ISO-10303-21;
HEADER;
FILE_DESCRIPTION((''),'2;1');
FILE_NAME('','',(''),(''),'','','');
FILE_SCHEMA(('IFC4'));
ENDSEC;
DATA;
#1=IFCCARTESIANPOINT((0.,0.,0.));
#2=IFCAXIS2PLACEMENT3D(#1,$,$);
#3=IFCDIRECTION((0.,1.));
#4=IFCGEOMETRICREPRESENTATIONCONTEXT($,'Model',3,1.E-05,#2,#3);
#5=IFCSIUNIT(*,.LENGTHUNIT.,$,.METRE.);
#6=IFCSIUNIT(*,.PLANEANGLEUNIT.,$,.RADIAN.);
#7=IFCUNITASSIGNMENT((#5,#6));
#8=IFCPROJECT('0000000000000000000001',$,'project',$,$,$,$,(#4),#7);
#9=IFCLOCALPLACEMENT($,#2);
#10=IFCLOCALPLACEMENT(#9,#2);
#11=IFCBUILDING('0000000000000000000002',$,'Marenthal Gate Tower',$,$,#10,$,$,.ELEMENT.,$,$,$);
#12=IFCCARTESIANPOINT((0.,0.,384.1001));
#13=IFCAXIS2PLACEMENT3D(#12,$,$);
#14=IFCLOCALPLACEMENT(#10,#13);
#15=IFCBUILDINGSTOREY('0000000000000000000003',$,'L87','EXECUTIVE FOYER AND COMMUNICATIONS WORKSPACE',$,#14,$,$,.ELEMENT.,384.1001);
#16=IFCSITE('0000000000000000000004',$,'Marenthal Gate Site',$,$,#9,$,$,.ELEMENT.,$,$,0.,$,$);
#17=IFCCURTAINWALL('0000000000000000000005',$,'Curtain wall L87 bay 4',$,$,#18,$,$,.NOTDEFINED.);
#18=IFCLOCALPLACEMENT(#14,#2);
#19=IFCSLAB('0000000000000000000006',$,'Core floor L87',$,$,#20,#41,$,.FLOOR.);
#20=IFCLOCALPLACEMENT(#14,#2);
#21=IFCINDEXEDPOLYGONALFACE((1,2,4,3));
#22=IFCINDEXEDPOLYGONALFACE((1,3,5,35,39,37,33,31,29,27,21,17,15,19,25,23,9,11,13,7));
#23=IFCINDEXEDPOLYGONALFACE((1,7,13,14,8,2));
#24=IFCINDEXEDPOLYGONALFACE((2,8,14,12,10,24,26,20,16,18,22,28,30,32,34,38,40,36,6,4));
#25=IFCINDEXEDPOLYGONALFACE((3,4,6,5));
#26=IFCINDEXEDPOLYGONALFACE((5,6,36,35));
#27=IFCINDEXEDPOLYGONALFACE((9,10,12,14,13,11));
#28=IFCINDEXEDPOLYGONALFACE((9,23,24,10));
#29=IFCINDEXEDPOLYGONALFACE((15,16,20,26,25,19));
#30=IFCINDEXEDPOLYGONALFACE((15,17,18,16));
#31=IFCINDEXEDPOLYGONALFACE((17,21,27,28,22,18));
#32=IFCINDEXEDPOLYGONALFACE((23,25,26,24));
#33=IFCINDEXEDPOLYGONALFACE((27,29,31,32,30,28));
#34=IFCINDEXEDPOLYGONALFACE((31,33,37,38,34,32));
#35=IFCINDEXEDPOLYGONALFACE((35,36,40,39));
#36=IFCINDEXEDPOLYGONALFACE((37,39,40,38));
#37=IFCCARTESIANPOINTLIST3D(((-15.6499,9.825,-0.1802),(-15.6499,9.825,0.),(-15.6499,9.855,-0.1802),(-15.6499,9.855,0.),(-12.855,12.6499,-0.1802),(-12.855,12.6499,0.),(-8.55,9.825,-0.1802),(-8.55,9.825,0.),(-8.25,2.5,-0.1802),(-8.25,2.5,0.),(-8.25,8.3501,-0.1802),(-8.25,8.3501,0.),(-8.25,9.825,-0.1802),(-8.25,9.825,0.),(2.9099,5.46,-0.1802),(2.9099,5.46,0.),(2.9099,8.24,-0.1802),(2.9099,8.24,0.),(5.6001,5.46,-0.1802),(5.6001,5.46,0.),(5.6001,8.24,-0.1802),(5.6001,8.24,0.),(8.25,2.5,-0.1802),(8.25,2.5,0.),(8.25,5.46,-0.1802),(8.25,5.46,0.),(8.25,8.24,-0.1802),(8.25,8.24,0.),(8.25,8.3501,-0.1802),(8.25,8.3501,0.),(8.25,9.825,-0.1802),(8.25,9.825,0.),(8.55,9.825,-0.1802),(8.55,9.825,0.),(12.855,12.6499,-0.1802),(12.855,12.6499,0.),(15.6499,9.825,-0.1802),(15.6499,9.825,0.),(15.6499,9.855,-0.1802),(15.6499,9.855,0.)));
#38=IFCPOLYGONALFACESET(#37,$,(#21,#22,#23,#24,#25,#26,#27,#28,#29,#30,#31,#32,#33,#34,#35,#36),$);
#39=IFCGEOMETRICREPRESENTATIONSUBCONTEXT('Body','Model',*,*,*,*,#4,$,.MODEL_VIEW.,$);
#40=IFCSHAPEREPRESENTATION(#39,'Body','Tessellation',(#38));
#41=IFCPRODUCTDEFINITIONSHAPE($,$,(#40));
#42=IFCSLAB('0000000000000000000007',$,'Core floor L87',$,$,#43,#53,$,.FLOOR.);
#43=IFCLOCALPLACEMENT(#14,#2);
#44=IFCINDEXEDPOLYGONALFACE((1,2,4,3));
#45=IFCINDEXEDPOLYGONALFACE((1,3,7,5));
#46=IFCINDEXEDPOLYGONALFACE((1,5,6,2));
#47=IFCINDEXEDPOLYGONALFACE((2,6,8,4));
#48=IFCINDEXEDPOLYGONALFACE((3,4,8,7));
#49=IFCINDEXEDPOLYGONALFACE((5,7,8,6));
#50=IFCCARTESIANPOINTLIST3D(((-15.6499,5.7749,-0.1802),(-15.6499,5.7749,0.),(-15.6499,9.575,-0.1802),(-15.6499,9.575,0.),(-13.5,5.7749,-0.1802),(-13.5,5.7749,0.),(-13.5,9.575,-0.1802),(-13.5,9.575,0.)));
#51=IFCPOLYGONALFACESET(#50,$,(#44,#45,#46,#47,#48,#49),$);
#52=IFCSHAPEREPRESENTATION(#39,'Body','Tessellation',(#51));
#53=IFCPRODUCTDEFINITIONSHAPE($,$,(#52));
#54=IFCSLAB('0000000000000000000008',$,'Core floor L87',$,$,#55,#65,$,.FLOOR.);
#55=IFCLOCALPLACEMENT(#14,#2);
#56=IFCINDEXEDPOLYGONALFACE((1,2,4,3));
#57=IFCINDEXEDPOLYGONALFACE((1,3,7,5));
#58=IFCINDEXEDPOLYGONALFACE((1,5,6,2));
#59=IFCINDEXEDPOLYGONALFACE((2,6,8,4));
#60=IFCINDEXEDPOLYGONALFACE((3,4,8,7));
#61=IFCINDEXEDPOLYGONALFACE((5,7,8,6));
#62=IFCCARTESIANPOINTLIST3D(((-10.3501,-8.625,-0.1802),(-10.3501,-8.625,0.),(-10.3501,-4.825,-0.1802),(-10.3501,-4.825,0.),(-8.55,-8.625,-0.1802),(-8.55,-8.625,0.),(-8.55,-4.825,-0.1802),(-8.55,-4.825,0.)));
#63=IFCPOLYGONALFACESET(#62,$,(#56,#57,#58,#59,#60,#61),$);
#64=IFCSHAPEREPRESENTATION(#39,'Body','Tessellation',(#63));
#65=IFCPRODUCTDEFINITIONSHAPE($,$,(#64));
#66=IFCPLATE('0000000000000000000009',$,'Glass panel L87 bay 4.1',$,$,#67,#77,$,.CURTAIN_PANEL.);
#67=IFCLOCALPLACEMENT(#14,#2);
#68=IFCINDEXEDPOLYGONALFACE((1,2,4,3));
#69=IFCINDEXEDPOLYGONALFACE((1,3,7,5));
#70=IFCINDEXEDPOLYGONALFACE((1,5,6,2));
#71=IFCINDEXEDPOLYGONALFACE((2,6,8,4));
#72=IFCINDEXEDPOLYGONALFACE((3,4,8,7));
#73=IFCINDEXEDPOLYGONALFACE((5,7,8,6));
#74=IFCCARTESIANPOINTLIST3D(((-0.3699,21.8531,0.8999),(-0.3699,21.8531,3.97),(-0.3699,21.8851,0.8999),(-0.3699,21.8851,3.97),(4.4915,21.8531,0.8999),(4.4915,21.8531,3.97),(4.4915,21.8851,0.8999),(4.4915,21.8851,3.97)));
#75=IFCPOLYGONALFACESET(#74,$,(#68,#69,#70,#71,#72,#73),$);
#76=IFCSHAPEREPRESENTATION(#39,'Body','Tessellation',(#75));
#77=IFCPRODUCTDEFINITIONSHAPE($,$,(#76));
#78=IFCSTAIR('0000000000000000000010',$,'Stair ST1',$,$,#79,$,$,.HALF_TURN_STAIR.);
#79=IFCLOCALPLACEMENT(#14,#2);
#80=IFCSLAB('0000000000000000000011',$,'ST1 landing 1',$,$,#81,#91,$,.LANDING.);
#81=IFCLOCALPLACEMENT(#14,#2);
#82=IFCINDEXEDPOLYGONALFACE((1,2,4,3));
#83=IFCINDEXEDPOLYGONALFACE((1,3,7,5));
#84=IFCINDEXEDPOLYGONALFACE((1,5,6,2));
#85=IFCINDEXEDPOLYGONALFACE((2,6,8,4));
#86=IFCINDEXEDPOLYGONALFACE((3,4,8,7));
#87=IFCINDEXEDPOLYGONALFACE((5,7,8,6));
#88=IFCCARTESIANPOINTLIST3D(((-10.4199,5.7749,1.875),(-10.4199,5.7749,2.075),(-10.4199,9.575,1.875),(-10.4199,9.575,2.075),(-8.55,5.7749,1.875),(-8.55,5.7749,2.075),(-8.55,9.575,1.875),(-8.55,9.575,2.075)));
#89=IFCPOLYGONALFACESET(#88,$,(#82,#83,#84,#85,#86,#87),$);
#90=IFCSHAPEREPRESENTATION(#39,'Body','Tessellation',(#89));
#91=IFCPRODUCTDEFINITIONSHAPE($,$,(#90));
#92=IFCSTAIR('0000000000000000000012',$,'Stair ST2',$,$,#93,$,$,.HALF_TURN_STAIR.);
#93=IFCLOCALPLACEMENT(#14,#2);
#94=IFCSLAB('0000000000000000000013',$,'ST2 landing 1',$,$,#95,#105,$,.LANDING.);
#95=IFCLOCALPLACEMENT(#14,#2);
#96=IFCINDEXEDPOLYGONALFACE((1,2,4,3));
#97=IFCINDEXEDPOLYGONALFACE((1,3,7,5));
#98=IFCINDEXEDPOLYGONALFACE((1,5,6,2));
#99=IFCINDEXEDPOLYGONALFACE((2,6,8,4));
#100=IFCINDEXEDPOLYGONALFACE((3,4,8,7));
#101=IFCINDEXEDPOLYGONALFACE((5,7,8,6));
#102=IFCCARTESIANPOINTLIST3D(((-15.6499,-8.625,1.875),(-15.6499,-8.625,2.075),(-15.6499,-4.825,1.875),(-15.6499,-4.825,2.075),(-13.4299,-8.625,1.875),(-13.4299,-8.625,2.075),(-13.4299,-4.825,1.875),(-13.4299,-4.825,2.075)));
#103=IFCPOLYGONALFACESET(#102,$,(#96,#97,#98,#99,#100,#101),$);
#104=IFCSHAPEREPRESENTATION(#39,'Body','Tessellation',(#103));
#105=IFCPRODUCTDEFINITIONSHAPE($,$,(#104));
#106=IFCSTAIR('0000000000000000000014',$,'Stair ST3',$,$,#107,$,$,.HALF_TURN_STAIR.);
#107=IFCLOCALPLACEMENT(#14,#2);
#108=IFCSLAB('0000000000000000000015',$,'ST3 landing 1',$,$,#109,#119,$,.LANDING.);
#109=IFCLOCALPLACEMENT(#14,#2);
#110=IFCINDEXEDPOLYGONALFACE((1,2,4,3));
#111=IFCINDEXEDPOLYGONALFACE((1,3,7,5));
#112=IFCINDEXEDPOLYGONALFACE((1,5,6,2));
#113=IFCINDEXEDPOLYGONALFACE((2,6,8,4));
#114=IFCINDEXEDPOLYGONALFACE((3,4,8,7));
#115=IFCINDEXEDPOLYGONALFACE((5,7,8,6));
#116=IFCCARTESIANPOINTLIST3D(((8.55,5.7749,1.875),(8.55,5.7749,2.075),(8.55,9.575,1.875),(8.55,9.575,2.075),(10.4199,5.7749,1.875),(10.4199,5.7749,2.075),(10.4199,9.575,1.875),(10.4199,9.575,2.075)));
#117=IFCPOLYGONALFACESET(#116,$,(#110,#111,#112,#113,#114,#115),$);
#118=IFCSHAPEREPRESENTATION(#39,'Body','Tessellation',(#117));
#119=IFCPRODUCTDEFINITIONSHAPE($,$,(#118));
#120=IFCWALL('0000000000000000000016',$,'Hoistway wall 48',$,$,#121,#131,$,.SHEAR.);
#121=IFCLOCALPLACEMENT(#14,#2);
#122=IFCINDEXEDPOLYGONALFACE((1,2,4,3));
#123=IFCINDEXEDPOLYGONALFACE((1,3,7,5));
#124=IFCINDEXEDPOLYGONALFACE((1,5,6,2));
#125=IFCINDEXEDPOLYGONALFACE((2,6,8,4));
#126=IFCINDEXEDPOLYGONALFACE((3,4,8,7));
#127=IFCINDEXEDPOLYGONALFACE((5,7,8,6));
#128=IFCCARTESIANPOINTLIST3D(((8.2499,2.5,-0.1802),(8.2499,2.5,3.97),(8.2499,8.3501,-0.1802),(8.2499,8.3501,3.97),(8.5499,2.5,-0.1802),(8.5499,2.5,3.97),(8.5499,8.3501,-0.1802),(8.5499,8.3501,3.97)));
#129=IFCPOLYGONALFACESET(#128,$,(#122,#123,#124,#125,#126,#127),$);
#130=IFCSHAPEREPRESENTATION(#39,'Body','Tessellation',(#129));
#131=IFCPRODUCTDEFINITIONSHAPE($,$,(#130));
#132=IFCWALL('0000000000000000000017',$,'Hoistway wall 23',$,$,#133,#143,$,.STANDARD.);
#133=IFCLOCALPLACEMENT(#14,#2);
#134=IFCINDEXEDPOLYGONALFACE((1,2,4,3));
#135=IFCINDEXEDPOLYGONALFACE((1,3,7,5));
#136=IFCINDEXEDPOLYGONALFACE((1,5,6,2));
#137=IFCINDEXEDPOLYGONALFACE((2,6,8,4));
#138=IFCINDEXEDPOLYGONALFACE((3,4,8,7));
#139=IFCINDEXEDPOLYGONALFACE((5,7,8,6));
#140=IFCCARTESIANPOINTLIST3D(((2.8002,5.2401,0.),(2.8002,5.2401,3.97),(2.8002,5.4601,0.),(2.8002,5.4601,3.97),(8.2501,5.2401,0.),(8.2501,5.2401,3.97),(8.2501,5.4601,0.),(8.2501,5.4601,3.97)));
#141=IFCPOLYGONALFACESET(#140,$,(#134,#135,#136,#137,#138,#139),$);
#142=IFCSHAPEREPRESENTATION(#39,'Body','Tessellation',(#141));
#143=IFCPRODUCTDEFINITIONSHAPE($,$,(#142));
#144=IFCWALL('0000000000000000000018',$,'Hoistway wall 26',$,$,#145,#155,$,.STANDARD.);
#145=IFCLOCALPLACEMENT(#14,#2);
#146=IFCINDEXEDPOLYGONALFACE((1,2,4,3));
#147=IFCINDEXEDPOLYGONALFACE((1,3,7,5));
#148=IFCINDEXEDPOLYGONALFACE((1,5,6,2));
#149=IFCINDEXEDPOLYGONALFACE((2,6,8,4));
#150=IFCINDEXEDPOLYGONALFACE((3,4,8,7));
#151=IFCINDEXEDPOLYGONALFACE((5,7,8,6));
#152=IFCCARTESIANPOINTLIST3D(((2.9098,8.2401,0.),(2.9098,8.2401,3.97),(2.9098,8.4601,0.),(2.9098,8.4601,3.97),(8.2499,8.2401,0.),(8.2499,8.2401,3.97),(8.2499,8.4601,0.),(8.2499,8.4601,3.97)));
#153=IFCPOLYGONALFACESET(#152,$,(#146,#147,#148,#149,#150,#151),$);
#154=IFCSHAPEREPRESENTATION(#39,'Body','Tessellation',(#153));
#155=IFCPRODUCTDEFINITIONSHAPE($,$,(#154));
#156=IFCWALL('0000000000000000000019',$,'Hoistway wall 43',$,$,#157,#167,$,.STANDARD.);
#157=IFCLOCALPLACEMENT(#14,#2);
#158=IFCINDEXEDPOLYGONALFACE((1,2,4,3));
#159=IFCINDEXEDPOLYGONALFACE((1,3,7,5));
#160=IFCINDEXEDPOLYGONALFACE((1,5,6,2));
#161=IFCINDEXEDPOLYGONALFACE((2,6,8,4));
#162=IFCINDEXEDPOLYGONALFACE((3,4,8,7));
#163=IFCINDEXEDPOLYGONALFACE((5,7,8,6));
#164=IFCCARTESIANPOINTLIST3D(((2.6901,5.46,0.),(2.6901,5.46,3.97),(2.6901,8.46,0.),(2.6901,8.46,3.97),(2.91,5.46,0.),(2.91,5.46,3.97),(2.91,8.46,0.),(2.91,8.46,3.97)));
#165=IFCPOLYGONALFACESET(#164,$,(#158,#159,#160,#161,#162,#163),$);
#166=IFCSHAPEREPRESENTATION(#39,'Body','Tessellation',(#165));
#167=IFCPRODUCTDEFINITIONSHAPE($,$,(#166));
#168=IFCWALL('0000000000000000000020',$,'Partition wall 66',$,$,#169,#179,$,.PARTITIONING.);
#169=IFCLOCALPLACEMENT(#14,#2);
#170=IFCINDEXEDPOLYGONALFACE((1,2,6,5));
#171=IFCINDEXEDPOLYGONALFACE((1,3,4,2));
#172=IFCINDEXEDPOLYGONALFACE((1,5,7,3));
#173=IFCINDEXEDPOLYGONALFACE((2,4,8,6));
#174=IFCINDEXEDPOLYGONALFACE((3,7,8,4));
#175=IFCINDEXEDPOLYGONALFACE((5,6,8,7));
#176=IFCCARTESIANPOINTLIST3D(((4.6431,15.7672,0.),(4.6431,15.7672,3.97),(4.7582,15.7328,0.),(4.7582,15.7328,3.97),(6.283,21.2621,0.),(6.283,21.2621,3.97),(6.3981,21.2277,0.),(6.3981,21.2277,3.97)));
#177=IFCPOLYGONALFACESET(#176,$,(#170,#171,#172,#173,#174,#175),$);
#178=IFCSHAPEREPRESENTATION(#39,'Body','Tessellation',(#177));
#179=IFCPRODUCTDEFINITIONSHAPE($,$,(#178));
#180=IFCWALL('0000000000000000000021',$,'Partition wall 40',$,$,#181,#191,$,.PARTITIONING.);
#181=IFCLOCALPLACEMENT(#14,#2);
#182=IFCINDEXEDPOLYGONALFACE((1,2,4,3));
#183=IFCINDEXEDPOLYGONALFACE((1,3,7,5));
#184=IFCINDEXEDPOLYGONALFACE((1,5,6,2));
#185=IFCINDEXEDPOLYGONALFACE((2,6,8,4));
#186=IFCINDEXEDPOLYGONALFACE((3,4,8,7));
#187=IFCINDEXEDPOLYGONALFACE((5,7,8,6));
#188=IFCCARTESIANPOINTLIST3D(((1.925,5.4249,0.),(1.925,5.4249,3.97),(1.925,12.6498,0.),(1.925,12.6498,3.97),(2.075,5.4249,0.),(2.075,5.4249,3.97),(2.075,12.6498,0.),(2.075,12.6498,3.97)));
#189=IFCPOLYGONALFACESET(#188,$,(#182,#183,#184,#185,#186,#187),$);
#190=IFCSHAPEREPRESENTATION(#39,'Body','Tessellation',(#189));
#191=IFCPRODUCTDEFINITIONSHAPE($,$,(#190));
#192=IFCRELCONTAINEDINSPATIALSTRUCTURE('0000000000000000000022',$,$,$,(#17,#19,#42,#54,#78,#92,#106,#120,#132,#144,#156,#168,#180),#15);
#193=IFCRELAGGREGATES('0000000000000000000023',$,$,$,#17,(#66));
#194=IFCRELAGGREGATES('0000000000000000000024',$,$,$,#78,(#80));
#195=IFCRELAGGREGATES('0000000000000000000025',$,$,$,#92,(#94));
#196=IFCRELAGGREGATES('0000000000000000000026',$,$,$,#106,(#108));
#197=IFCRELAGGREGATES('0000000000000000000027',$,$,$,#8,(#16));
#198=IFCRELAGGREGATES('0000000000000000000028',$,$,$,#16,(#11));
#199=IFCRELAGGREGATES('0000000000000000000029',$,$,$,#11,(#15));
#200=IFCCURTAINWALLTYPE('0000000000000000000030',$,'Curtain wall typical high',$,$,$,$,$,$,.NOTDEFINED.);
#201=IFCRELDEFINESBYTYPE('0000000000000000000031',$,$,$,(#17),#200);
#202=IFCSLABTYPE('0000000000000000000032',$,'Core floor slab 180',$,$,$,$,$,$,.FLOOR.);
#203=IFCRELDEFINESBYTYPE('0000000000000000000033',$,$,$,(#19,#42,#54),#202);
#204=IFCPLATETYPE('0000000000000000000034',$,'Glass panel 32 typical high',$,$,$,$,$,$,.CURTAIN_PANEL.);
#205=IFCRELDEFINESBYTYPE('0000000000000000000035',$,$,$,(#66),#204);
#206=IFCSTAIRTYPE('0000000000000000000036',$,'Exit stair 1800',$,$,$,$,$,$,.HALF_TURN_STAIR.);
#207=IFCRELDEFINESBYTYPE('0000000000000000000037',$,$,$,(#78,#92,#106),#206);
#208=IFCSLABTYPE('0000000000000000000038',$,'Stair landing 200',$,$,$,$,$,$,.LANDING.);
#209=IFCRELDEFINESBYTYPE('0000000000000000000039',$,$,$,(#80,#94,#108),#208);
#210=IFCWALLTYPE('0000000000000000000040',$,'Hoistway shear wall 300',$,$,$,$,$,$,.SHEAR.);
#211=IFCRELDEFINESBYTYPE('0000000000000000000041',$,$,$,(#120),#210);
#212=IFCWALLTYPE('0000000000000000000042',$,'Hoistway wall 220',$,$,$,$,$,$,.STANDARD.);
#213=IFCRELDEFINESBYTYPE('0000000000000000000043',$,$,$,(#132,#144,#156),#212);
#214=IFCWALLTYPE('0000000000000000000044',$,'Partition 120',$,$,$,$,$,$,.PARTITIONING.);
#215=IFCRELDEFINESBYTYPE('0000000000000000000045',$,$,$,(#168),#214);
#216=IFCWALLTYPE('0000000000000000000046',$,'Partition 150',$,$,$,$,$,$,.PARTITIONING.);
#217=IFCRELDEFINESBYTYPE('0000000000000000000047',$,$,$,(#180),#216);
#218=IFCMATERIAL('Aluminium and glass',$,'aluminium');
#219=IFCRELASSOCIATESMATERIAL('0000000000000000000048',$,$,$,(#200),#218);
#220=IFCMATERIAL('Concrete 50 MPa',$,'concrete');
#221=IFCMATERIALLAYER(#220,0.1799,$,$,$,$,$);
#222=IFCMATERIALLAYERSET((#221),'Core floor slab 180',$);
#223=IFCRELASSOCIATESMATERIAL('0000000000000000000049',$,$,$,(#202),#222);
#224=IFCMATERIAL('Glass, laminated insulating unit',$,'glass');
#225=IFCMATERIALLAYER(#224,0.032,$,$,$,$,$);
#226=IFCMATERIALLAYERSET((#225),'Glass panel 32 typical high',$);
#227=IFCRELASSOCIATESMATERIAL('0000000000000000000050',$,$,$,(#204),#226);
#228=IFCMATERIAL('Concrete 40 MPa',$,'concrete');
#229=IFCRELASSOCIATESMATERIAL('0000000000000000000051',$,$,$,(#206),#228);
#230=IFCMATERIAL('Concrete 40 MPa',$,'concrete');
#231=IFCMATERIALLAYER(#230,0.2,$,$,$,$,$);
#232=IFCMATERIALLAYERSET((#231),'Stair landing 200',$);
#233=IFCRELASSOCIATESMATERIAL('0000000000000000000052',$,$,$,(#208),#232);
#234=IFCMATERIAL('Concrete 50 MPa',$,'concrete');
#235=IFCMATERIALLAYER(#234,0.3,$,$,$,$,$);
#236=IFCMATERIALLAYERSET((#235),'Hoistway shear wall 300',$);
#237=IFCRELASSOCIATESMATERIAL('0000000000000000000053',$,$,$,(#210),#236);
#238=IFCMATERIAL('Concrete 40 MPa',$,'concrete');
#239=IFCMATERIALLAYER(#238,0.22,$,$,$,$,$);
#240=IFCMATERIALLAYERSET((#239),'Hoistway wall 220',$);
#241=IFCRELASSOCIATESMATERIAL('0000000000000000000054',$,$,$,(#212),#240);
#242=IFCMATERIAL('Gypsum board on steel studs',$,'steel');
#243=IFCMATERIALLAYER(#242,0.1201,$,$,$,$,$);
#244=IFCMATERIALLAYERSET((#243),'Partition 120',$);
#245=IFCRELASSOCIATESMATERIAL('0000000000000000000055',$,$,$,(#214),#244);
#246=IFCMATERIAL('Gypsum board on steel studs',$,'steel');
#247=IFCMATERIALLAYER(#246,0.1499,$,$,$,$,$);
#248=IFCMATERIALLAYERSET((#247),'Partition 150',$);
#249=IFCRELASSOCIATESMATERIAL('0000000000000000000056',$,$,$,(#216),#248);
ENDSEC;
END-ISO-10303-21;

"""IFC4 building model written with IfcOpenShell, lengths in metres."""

from ifc_helpers import new_model, si_unit, direction, frame, frame_2d, origin, origin_2d, place, context, subcontext, project, spatial, polyline, rectangle, outline, extrude, material, layer, layer_set, type_object, element, aggregate, save


model = new_model("IFC4")

# Units and contexts
model_context = context("Model", 3, precision=1e-05, world=origin(), true_north=direction((0.0, 1.0)))
body_context = subcontext(model_context, "Body", "Model", "MODEL_VIEW")
ifc_project = project(units=[si_unit("LENGTHUNIT", "METRE"), si_unit("PLANEANGLEUNIT", "RADIAN")], contexts=[model_context])

# Site, building, storey
site_placement = place(None, origin())
site = spatial("IfcSite", under=ifc_project, at=site_placement, Name="Marenthal Gate Site", CompositionType="ELEMENT", RefElevation=0.0)
building_placement = place(site_placement, origin())
building = spatial("IfcBuilding", under=site, at=building_placement, Name="Marenthal Gate Tower", CompositionType="ELEMENT")
storey_placement = place(building_placement, frame((0.0, 0.0, 384.1001)))
storey = spatial("IfcBuildingStorey", under=building, at=storey_placement, Name="L87", Description="EXECUTIVE FOYER AND COMMUNICATIONS WORKSPACE", CompositionType="ELEMENT", Elevation=384.1001)

# Curtain wall
ifc_material_1 = material(Name="Aluminium and glass", Category="aluminium")
curtain_wall_type = type_object("IfcCurtainWallType", Name="Curtain wall typical high", PredefinedType="NOTDEFINED", material=ifc_material_1)
curtain_wall_placement = place(storey_placement, origin())
curtain_wall = element("IfcCurtainWall", 1, at=curtain_wall_placement, inside=storey, type_object=curtain_wall_type, Name="Curtain wall L87 bay 4", PredefinedType="NOTDEFINED")

# Slabs
ifc_material_2 = material(Name="Concrete 50 MPa", Category="concrete")
ifc_layer_1 = layer(ifc_material_2, 0.1799)
ifc_layer_set_1 = layer_set([ifc_layer_1], Name="Core floor slab 180")
slab_type_1 = type_object("IfcSlabType", Name="Core floor slab 180", PredefinedType="FLOOR", material=ifc_layer_set_1)
slab_1_placement = place(storey_placement, frame((0.0, 0.0, -0.1802)))
element("IfcSlab", 2, at=slab_1_placement, inside=storey, type_object=slab_type_1, Name="Core floor L87", PredefinedType="FLOOR", context=body_context, shape_type="SweptSolid", body=[
    extrude(outline(polyline([(15.6499, 9.825), (8.55, 9.825), (8.25, 9.825), (8.25, 8.3501), (8.25, 8.24), (5.6001, 8.24), (2.9099, 8.24), (2.9099, 5.46), (5.6001, 5.46), (8.25, 5.46), (8.25, 2.5), (-8.25, 2.5), (-8.25, 8.3501), (-8.25, 9.825), (-8.55, 9.825), (-15.6499, 9.825), (-15.6499, 9.855), (-12.855, 12.6499), (12.855, 12.6499), (15.6499, 9.855), (15.6499, 9.825)])), origin(), (0.0, 0.0, 1.0), 0.1802),
])
slab_2_placement = place(storey_placement, frame((0.0, 0.0, -0.1802)))
element("IfcSlab", 3, at=slab_2_placement, inside=storey, type_object=slab_type_1, Name="Core floor L87", PredefinedType="FLOOR", context=body_context, shape_type="SweptSolid", body=[
    extrude(outline(polyline([(-15.6499, 9.575), (-13.5, 9.575), (-13.5, 5.7749), (-15.6499, 5.7749), (-15.6499, 9.575)])), origin(), (0.0, 0.0, 1.0), 0.1802),
])
slab_3_placement = place(storey_placement, frame((0.0, 0.0, -0.1802)))
element("IfcSlab", 4, at=slab_3_placement, inside=storey, type_object=slab_type_1, Name="Core floor L87", PredefinedType="FLOOR", context=body_context, shape_type="SweptSolid", body=[
    extrude(outline(polyline([(-8.55, -4.825), (-8.55, -8.625), (-10.3501, -8.625), (-10.3501, -4.825), (-8.55, -4.825)])), origin(), (0.0, 0.0, 1.0), 0.1802),
])

# Plate
ifc_material_3 = material(Name="Glass, laminated insulating unit", Category="glass")
ifc_layer_2 = layer(ifc_material_3, 0.032)
ifc_layer_set_2 = layer_set([ifc_layer_2], Name="Glass panel 32 typical high")
plate_type = type_object("IfcPlateType", Name="Glass panel 32 typical high", PredefinedType="CURTAIN_PANEL", material=ifc_layer_set_2)
plate_placement = place(storey_placement, frame((2.0608, 21.8691, 0.8999), z_axis=(0.0, 0.0, 1.0), x_axis=(-1.0, 0.0, 0.0)))
plate = element("IfcPlate", 5, at=plate_placement, type_object=plate_type, Name="Glass panel L87 bay 4.1", PredefinedType="CURTAIN_PANEL", context=body_context, shape_type="SweptSolid", body=[
    extrude(rectangle(XDim=4.8613, YDim=0.032, at=origin_2d()), origin(), (0.0, 0.0, 1.0), 3.0701),
])
aggregate(curtain_wall, [plate])

# Stairs, slabs
ifc_material_4 = material(Name="Concrete 40 MPa", Category="concrete")
stair_type = type_object("IfcStairType", Name="Exit stair 1800", PredefinedType="HALF_TURN_STAIR", material=ifc_material_4)
stair_1_placement = place(storey_placement, origin())
stair_1 = element("IfcStair", 6, at=stair_1_placement, inside=storey, type_object=stair_type, Name="Stair ST1", PredefinedType="HALF_TURN_STAIR")
ifc_material_5 = material(Name="Concrete 40 MPa", Category="concrete")
ifc_layer_3 = layer(ifc_material_5, 0.2)
ifc_layer_set_3 = layer_set([ifc_layer_3], Name="Stair landing 200")
slab_type_2 = type_object("IfcSlabType", Name="Stair landing 200", PredefinedType="LANDING", material=ifc_layer_set_3)
slab_4_placement = place(storey_placement, frame((0.0, 0.0, 1.875)))
slab_4 = element("IfcSlab", 7, at=slab_4_placement, type_object=slab_type_2, Name="ST1 landing 1", PredefinedType="LANDING", context=body_context, shape_type="SweptSolid", body=[
    extrude(outline(polyline([(-10.4199, 5.7749), (-8.55, 5.7749), (-8.55, 9.575), (-10.4199, 9.575), (-10.4199, 5.7749)])), origin(), (0.0, 0.0, 1.0), 0.2),
])
aggregate(stair_1, [slab_4])
stair_2_placement = place(storey_placement, origin())
stair_2 = element("IfcStair", 8, at=stair_2_placement, inside=storey, type_object=stair_type, Name="Stair ST2", PredefinedType="HALF_TURN_STAIR")
slab_5_placement = place(storey_placement, frame((0.0, 0.0, 1.875)))
slab_5 = element("IfcSlab", 9, at=slab_5_placement, type_object=slab_type_2, Name="ST2 landing 1", PredefinedType="LANDING", context=body_context, shape_type="SweptSolid", body=[
    extrude(outline(polyline([(-15.6499, -8.625), (-13.4299, -8.625), (-13.4299, -4.825), (-15.6499, -4.825), (-15.6499, -8.625)])), origin(), (0.0, 0.0, 1.0), 0.2),
])
aggregate(stair_2, [slab_5])
stair_3_placement = place(storey_placement, origin())
stair_3 = element("IfcStair", 10, at=stair_3_placement, inside=storey, type_object=stair_type, Name="Stair ST3", PredefinedType="HALF_TURN_STAIR")
slab_6_placement = place(storey_placement, frame((0.0, 0.0, 1.875)))
slab_6 = element("IfcSlab", 11, at=slab_6_placement, type_object=slab_type_2, Name="ST3 landing 1", PredefinedType="LANDING", context=body_context, shape_type="SweptSolid", body=[
    extrude(outline(polyline([(8.55, 5.7749), (10.4199, 5.7749), (10.4199, 9.575), (8.55, 9.575), (8.55, 5.7749)])), origin(), (0.0, 0.0, 1.0), 0.2),
])

# Walls
ifc_material_6 = material(Name="Concrete 50 MPa", Category="concrete")
ifc_layer_4 = layer(ifc_material_6, 0.3)
ifc_layer_set_4 = layer_set([ifc_layer_4], Name="Hoistway shear wall 300")
wall_type_1 = type_object("IfcWallType", Name="Hoistway shear wall 300", PredefinedType="SHEAR", material=ifc_layer_set_4)
wall_1_placement = place(storey_placement, frame((8.3999, 2.5, -0.1802), z_axis=(0.0, 0.0, 1.0), x_axis=(0.0, 1.0, 0.0)))
element("IfcWall", 12, at=wall_1_placement, inside=storey, type_object=wall_type_1, Name="Hoistway wall 48", PredefinedType="SHEAR", context=body_context, shape_type="SweptSolid", body=[
    extrude(rectangle(XDim=5.8501, YDim=0.3, at=frame_2d((2.925, 0.0))), origin(), (0.0, 0.0, 1.0), 4.1501),
])
ifc_material_7 = material(Name="Concrete 40 MPa", Category="concrete")
ifc_layer_5 = layer(ifc_material_7, 0.22)
ifc_layer_set_5 = layer_set([ifc_layer_5], Name="Hoistway wall 220")
wall_type_2 = type_object("IfcWallType", Name="Hoistway wall 220", PredefinedType="STANDARD", material=ifc_layer_set_5)
wall_2_placement = place(storey_placement, frame((2.8, 5.3501, 0.0), z_axis=(0.0, 0.0, 1.0), x_axis=(1.0, 0.0, 0.0)))
element("IfcWall", 13, at=wall_2_placement, inside=storey, type_object=wall_type_2, Name="Hoistway wall 23", PredefinedType="STANDARD", context=body_context, shape_type="SweptSolid", body=[
    extrude(rectangle(XDim=5.45, YDim=0.22, at=frame_2d((2.7251, 0.0))), origin(), (0.0, 0.0, 1.0), 3.97),
])
wall_3_placement = place(storey_placement, frame((2.9099, 8.3501, 0.0), z_axis=(0.0, 0.0, 1.0), x_axis=(1.0, 0.0, 0.0)))
element("IfcWall", 14, at=wall_3_placement, inside=storey, type_object=wall_type_2, Name="Hoistway wall 26", PredefinedType="STANDARD", context=body_context, shape_type="SweptSolid", body=[
    extrude(rectangle(XDim=5.3401, YDim=0.22, at=frame_2d((2.6699, 0.0))), origin(), (0.0, 0.0, 1.0), 3.97),
])
wall_4_placement = place(storey_placement, frame((2.8, 5.46, 0.0), z_axis=(0.0, 0.0, 1.0), x_axis=(0.0, 1.0, 0.0)))
element("IfcWall", 15, at=wall_4_placement, inside=storey, type_object=wall_type_2, Name="Hoistway wall 43", PredefinedType="STANDARD", context=body_context, shape_type="SweptSolid", body=[
    extrude(rectangle(XDim=3.0, YDim=0.22, at=frame_2d((1.5, 0.0))), origin(), (0.0, 0.0, 1.0), 3.97),
])
ifc_material_8 = material(Name="Gypsum board on steel studs", Category="steel")
ifc_layer_6 = layer(ifc_material_8, 0.1201)
ifc_layer_set_6 = layer_set([ifc_layer_6], Name="Partition 120")
wall_type_3 = type_object("IfcWallType", Name="Partition 120", PredefinedType="PARTITIONING", material=ifc_layer_set_6)
wall_5_placement = place(storey_placement, frame((4.7007, 15.75, 0.0), z_axis=(0.0, 0.0, 1.0), x_axis=(0.285977, 0.958237, 0.0)))
element("IfcWall", 16, at=wall_5_placement, inside=storey, type_object=wall_type_3, Name="Partition wall 66", PredefinedType="PARTITIONING", context=body_context, shape_type="SweptSolid", body=[
    extrude(rectangle(XDim=5.7344, YDim=0.1201, at=frame_2d((2.8672, 0.0))), origin(), (0.0, 0.0, 1.0), 3.97),
])
ifc_material_9 = material(Name="Gypsum board on steel studs", Category="steel")
ifc_layer_7 = layer(ifc_material_9, 0.1499)
ifc_layer_set_7 = layer_set([ifc_layer_7], Name="Partition 150")
wall_type_4 = type_object("IfcWallType", Name="Partition 150", PredefinedType="PARTITIONING", material=ifc_layer_set_7)
wall_6_placement = place(storey_placement, frame((2.0, 5.425, 0.0), z_axis=(0.0, 0.0, 1.0), x_axis=(0.0, 1.0, 0.0)))
element("IfcWall", 17, at=wall_6_placement, inside=storey, type_object=wall_type_4, Name="Partition wall 40", PredefinedType="PARTITIONING", context=body_context, shape_type="SweptSolid", body=[
    extrude(rectangle(XDim=7.2249, YDim=0.1499, at=frame_2d((3.6123, 0.0))), origin(), (0.0, 0.0, 1.0), 3.97),
])

aggregate(stair_3, [slab_6])

save(model, "model.ifc")
